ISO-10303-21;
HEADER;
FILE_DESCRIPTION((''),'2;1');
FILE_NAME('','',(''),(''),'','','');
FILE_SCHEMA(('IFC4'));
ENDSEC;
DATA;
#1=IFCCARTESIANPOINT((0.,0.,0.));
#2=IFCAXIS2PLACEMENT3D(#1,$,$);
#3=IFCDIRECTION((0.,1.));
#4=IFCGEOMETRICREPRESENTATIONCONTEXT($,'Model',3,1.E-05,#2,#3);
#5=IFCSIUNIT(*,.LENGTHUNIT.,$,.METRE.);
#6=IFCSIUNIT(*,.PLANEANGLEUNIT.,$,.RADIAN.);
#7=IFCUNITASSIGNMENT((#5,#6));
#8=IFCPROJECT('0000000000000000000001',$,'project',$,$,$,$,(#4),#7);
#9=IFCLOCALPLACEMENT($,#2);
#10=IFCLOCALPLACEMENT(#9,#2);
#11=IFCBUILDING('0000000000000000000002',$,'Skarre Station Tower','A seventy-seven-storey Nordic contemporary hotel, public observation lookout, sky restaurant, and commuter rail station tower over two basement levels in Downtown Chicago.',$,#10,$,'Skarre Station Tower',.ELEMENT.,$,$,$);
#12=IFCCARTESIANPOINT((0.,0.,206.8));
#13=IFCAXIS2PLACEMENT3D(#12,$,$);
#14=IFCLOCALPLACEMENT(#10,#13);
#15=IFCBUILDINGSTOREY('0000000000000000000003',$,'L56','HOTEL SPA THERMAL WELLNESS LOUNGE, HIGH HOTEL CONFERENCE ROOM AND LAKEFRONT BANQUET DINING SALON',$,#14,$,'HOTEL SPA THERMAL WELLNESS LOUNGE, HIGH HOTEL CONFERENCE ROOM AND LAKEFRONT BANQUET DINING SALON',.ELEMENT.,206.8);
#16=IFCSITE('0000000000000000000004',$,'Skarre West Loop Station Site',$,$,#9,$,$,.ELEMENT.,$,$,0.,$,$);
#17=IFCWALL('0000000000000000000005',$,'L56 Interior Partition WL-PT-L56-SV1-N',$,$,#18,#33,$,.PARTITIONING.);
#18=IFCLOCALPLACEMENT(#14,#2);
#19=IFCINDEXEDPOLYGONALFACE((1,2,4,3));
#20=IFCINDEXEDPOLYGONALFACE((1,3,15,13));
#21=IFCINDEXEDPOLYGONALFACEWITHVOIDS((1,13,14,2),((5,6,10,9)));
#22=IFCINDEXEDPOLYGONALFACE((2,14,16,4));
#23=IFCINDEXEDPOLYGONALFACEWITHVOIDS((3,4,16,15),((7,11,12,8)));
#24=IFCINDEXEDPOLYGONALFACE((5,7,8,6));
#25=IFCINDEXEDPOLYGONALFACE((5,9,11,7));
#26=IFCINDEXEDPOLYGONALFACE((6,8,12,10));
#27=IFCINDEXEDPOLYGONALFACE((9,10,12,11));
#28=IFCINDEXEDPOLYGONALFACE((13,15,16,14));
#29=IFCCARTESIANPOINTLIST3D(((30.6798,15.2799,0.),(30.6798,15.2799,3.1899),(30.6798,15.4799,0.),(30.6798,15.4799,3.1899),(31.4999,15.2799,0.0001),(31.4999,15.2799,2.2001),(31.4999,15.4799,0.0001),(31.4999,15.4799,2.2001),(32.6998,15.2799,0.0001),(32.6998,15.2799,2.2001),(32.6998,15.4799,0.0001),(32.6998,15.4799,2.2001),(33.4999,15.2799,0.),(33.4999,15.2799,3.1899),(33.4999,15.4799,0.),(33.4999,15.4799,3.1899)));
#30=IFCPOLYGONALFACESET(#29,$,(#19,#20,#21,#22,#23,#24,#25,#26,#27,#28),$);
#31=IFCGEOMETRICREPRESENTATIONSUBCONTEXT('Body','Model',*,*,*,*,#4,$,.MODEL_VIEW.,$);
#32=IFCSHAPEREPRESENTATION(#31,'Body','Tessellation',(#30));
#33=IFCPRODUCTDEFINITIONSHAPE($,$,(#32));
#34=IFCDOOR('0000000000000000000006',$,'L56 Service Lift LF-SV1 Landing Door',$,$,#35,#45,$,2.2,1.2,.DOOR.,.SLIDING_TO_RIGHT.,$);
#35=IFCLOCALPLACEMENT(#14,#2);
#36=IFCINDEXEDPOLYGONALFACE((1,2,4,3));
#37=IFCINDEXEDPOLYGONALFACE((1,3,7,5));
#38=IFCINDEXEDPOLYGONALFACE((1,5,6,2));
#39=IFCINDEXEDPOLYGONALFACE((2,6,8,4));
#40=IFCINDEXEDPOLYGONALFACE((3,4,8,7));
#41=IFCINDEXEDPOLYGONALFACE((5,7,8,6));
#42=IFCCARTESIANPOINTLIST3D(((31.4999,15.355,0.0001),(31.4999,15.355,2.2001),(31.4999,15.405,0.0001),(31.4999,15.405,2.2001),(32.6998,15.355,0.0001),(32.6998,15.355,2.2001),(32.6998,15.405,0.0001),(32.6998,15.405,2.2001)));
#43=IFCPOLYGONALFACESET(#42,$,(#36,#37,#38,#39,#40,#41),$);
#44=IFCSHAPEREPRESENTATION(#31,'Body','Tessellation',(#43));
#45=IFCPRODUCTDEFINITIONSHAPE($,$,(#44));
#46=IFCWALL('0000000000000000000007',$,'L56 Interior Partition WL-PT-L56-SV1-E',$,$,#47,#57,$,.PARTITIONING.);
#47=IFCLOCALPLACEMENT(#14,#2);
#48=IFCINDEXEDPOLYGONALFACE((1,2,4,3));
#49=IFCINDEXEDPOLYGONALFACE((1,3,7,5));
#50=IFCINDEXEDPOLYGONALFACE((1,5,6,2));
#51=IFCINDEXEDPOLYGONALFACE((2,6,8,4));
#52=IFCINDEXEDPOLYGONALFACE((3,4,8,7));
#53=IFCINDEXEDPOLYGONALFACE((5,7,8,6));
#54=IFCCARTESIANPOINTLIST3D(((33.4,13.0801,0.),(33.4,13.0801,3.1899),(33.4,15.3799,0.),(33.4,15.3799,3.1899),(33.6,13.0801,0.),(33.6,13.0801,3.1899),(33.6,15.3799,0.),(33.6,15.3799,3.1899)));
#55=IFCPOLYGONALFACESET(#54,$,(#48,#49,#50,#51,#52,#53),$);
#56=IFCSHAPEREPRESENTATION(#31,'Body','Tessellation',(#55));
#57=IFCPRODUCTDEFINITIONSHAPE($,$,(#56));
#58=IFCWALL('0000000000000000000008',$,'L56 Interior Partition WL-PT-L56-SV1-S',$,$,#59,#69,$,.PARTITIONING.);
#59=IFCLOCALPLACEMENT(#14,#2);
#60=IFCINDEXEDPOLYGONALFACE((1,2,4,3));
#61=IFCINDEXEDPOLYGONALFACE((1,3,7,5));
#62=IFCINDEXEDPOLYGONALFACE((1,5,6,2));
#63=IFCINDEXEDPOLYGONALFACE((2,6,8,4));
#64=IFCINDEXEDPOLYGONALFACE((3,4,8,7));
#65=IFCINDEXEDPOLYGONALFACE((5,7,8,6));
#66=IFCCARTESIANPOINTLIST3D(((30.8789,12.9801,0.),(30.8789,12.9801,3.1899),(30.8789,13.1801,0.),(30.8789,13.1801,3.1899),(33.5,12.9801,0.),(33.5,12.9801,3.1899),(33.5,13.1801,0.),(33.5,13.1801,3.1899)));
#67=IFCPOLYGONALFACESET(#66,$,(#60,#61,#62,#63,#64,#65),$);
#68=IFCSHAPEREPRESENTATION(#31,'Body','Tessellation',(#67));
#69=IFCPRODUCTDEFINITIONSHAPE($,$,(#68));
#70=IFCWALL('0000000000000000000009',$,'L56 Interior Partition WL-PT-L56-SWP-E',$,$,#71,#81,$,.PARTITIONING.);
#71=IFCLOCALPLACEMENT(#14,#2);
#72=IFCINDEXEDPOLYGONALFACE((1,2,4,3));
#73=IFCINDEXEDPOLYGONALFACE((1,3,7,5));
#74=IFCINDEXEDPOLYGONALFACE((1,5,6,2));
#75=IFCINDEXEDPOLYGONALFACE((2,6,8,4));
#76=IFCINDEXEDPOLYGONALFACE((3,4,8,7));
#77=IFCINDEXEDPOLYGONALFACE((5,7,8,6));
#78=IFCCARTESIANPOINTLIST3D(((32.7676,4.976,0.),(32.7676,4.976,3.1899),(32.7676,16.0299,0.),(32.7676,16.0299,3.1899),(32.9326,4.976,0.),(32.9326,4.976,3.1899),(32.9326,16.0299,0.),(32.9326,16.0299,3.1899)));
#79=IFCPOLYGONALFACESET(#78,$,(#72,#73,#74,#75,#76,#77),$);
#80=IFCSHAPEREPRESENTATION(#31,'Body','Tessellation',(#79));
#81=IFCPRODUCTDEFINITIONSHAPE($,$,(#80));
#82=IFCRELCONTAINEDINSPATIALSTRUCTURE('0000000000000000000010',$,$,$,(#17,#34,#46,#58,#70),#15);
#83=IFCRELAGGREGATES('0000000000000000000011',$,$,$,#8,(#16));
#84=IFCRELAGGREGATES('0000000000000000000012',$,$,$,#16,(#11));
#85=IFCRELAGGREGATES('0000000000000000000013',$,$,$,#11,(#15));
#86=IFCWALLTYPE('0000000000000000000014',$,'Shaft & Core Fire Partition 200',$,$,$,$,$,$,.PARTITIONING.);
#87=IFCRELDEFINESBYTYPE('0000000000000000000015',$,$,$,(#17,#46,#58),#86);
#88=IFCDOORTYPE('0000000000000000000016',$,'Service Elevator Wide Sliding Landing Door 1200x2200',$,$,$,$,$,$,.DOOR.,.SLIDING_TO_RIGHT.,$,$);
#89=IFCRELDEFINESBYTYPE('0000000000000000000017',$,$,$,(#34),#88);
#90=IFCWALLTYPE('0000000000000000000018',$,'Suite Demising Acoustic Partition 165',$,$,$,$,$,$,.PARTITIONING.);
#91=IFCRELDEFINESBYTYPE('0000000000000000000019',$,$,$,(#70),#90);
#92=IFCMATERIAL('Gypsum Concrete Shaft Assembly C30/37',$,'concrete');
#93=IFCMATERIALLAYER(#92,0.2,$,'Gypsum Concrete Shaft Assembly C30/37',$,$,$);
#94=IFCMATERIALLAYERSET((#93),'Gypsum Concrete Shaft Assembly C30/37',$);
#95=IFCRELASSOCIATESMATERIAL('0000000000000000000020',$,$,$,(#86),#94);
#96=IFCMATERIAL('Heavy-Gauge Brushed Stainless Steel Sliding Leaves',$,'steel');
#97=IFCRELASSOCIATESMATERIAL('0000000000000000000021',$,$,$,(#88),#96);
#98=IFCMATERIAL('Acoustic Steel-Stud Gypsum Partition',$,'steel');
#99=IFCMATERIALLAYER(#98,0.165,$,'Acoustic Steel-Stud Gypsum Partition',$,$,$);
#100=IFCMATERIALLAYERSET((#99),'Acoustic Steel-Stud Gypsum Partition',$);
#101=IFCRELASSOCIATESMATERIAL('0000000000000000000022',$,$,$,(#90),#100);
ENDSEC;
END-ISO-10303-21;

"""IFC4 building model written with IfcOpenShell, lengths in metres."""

from ifc_helpers import new_model, si_unit, direction, frame, frame_2d, origin, place, context, subcontext, project, spatial, rectangle, extrude, material, layer, layer_set, type_object, element, fill, save


model = new_model("IFC4")

# Units and contexts
model_context = context("Model", 3, precision=1e-05, world=origin(), true_north=direction((0.0, 1.0)))
body_context = subcontext(model_context, "Body", "Model", "MODEL_VIEW")
ifc_project = project(units=[si_unit("LENGTHUNIT", "METRE"), si_unit("PLANEANGLEUNIT", "RADIAN")], contexts=[model_context])

# Site, building, storey
site_placement = place(None, origin())
site = spatial("IfcSite", under=ifc_project, at=site_placement, Name="Skarre West Loop Station Site", CompositionType="ELEMENT", RefElevation=0.0)
building_placement = place(site_placement, origin())
building = spatial("IfcBuilding", under=site, at=building_placement, Name="Skarre Station Tower", Description="A seventy-seven-storey Nordic contemporary hotel, public observation lookout, sky restaurant, and commuter rail station tower over two basement levels in Downtown Chicago.", LongName="Skarre Station Tower", CompositionType="ELEMENT")
storey_placement = place(building_placement, frame((0.0, 0.0, 206.8)))
storey = spatial("IfcBuildingStorey", under=building, at=storey_placement, Name="L56", Description="HOTEL SPA THERMAL WELLNESS LOUNGE, HIGH HOTEL CONFERENCE ROOM AND LAKEFRONT BANQUET DINING SALON", LongName="HOTEL SPA THERMAL WELLNESS LOUNGE, HIGH HOTEL CONFERENCE ROOM AND LAKEFRONT BANQUET DINING SALON", CompositionType="ELEMENT", Elevation=206.8)

# Shared definitions
ifc_material_1 = material(Name="Acoustic Steel-Stud Gypsum Partition", Category="steel")

# Wall, opening, door
ifc_material_2 = material(Name="Gypsum Concrete Shaft Assembly C30/37", Category="concrete")
ifc_layer_1 = layer(ifc_material_2, 0.2, Name="Gypsum Concrete Shaft Assembly C30/37")
ifc_layer_set_1 = layer_set([ifc_layer_1], Name="Gypsum Concrete Shaft Assembly C30/37")
wall_type_1 = type_object("IfcWallType", Name="Shaft & Core Fire Partition 200", PredefinedType="PARTITIONING", material=ifc_layer_set_1)
wall_1_placement = place(storey_placement, frame((33.5, 15.3799, 0.0), z_axis=(0.0, 0.0, 1.0), x_axis=(-1.0, 0.0, 0.0)))
wall_1 = element("IfcWall", 1, at=wall_1_placement, inside=storey, type_object=wall_type_1, Name="L56 Interior Partition WL-PT-L56-SV1-N", PredefinedType="PARTITIONING", context=body_context, shape_type="SweptSolid", body=[
    extrude(rectangle(XDim=2.8201, YDim=0.2, at=frame_2d((1.4102, 0.0))), origin(), (0.0, 0.0, 1.0), 3.1899),
])
opening_1_placement = place(wall_1_placement, frame((0.8, 0.0, 0.0)))
opening_1 = element("IfcOpeningElement", 2, at=opening_1_placement, cuts=wall_1, PredefinedType="OPENING", context=body_context, shape_type="SweptSolid", body=[
    extrude(rectangle(XDim=1.2, YDim=2.2, at=frame_2d((0.6001, 1.1001))), frame((0.0, 0.1099, 0.0), z_axis=(0.0, -1.0, 0.0), x_axis=(1.0, 0.0, 0.0)), (0.0, 0.0, 1.0), 0.22),
])
ifc_material_3 = material(Name="Heavy-Gauge Brushed Stainless Steel Sliding Leaves", Category="steel")
door_type_1 = type_object("IfcDoorType", Name="Service Elevator Wide Sliding Landing Door 1200x2200", OperationType="SLIDING_TO_RIGHT", PredefinedType="DOOR", material=ifc_material_3)
door_1_placement = place(opening_1_placement, origin())
door_1 = element("IfcDoor", 3, at=door_1_placement, inside=storey, type_object=door_type_1, Name="L56 Service Lift LF-SV1 Landing Door", OperationType="SLIDING_TO_RIGHT", OverallHeight=2.2, OverallWidth=1.2, PredefinedType="DOOR", context=body_context, shape_type="SweptSolid", body=[
    extrude(rectangle(XDim=1.2, YDim=2.2, at=frame_2d((0.6001, 1.1001))), frame((0.0, 0.0249, 0.0), z_axis=(0.0, -1.0, 0.0), x_axis=(1.0, 0.0, 0.0)), (0.0, 0.0, 1.0), 0.05),
])
fill(opening_1, door_1)

# Walls
wall_2_placement = place(storey_placement, frame((33.5, 13.0801, 0.0), z_axis=(0.0, 0.0, 1.0), x_axis=(0.0, 1.0, 0.0)))
element("IfcWall", 4, at=wall_2_placement, inside=storey, type_object=wall_type_1, Name="L56 Interior Partition WL-PT-L56-SV1-E", PredefinedType="PARTITIONING", context=body_context, shape_type="SweptSolid", body=[
    extrude(rectangle(XDim=2.2998, YDim=0.2, at=frame_2d((1.1499, 0.0))), origin(), (0.0, 0.0, 1.0), 3.1899),
])
wall_3_placement = place(storey_placement, frame((30.8789, 13.0801, 0.0), z_axis=(0.0, 0.0, 1.0), x_axis=(1.0, 0.0, 0.0)))
element("IfcWall", 5, at=wall_3_placement, inside=storey, type_object=wall_type_1, Name="L56 Interior Partition WL-PT-L56-SV1-S", PredefinedType="PARTITIONING", context=body_context, shape_type="SweptSolid", body=[
    extrude(rectangle(XDim=2.6211, YDim=0.2, at=frame_2d((1.3105, 0.0))), origin(), (0.0, 0.0, 1.0), 3.1899),
])
ifc_layer_2 = layer(ifc_material_1, 0.165, Name="Acoustic Steel-Stud Gypsum Partition")
ifc_layer_set_2 = layer_set([ifc_layer_2], Name="Acoustic Steel-Stud Gypsum Partition")
wall_type_2 = type_object("IfcWallType", Name="Suite Demising Acoustic Partition 165", PredefinedType="PARTITIONING", material=ifc_layer_set_2)
wall_4_placement = place(storey_placement, frame((32.8501, 4.9761, 0.0), z_axis=(0.0, 0.0, 1.0), x_axis=(0.0, 1.0, 0.0)))
element("IfcWall", 6, at=wall_4_placement, inside=storey, type_object=wall_type_2, Name="L56 Interior Partition WL-PT-L56-SWP-E", PredefinedType="PARTITIONING", context=body_context, shape_type="SweptSolid", body=[
    extrude(rectangle(XDim=11.054, YDim=0.165, at=frame_2d((5.5269, 0.0))), origin(), (0.0, 0.0, 1.0), 3.1899),
])

save(model, "model.ifc")
